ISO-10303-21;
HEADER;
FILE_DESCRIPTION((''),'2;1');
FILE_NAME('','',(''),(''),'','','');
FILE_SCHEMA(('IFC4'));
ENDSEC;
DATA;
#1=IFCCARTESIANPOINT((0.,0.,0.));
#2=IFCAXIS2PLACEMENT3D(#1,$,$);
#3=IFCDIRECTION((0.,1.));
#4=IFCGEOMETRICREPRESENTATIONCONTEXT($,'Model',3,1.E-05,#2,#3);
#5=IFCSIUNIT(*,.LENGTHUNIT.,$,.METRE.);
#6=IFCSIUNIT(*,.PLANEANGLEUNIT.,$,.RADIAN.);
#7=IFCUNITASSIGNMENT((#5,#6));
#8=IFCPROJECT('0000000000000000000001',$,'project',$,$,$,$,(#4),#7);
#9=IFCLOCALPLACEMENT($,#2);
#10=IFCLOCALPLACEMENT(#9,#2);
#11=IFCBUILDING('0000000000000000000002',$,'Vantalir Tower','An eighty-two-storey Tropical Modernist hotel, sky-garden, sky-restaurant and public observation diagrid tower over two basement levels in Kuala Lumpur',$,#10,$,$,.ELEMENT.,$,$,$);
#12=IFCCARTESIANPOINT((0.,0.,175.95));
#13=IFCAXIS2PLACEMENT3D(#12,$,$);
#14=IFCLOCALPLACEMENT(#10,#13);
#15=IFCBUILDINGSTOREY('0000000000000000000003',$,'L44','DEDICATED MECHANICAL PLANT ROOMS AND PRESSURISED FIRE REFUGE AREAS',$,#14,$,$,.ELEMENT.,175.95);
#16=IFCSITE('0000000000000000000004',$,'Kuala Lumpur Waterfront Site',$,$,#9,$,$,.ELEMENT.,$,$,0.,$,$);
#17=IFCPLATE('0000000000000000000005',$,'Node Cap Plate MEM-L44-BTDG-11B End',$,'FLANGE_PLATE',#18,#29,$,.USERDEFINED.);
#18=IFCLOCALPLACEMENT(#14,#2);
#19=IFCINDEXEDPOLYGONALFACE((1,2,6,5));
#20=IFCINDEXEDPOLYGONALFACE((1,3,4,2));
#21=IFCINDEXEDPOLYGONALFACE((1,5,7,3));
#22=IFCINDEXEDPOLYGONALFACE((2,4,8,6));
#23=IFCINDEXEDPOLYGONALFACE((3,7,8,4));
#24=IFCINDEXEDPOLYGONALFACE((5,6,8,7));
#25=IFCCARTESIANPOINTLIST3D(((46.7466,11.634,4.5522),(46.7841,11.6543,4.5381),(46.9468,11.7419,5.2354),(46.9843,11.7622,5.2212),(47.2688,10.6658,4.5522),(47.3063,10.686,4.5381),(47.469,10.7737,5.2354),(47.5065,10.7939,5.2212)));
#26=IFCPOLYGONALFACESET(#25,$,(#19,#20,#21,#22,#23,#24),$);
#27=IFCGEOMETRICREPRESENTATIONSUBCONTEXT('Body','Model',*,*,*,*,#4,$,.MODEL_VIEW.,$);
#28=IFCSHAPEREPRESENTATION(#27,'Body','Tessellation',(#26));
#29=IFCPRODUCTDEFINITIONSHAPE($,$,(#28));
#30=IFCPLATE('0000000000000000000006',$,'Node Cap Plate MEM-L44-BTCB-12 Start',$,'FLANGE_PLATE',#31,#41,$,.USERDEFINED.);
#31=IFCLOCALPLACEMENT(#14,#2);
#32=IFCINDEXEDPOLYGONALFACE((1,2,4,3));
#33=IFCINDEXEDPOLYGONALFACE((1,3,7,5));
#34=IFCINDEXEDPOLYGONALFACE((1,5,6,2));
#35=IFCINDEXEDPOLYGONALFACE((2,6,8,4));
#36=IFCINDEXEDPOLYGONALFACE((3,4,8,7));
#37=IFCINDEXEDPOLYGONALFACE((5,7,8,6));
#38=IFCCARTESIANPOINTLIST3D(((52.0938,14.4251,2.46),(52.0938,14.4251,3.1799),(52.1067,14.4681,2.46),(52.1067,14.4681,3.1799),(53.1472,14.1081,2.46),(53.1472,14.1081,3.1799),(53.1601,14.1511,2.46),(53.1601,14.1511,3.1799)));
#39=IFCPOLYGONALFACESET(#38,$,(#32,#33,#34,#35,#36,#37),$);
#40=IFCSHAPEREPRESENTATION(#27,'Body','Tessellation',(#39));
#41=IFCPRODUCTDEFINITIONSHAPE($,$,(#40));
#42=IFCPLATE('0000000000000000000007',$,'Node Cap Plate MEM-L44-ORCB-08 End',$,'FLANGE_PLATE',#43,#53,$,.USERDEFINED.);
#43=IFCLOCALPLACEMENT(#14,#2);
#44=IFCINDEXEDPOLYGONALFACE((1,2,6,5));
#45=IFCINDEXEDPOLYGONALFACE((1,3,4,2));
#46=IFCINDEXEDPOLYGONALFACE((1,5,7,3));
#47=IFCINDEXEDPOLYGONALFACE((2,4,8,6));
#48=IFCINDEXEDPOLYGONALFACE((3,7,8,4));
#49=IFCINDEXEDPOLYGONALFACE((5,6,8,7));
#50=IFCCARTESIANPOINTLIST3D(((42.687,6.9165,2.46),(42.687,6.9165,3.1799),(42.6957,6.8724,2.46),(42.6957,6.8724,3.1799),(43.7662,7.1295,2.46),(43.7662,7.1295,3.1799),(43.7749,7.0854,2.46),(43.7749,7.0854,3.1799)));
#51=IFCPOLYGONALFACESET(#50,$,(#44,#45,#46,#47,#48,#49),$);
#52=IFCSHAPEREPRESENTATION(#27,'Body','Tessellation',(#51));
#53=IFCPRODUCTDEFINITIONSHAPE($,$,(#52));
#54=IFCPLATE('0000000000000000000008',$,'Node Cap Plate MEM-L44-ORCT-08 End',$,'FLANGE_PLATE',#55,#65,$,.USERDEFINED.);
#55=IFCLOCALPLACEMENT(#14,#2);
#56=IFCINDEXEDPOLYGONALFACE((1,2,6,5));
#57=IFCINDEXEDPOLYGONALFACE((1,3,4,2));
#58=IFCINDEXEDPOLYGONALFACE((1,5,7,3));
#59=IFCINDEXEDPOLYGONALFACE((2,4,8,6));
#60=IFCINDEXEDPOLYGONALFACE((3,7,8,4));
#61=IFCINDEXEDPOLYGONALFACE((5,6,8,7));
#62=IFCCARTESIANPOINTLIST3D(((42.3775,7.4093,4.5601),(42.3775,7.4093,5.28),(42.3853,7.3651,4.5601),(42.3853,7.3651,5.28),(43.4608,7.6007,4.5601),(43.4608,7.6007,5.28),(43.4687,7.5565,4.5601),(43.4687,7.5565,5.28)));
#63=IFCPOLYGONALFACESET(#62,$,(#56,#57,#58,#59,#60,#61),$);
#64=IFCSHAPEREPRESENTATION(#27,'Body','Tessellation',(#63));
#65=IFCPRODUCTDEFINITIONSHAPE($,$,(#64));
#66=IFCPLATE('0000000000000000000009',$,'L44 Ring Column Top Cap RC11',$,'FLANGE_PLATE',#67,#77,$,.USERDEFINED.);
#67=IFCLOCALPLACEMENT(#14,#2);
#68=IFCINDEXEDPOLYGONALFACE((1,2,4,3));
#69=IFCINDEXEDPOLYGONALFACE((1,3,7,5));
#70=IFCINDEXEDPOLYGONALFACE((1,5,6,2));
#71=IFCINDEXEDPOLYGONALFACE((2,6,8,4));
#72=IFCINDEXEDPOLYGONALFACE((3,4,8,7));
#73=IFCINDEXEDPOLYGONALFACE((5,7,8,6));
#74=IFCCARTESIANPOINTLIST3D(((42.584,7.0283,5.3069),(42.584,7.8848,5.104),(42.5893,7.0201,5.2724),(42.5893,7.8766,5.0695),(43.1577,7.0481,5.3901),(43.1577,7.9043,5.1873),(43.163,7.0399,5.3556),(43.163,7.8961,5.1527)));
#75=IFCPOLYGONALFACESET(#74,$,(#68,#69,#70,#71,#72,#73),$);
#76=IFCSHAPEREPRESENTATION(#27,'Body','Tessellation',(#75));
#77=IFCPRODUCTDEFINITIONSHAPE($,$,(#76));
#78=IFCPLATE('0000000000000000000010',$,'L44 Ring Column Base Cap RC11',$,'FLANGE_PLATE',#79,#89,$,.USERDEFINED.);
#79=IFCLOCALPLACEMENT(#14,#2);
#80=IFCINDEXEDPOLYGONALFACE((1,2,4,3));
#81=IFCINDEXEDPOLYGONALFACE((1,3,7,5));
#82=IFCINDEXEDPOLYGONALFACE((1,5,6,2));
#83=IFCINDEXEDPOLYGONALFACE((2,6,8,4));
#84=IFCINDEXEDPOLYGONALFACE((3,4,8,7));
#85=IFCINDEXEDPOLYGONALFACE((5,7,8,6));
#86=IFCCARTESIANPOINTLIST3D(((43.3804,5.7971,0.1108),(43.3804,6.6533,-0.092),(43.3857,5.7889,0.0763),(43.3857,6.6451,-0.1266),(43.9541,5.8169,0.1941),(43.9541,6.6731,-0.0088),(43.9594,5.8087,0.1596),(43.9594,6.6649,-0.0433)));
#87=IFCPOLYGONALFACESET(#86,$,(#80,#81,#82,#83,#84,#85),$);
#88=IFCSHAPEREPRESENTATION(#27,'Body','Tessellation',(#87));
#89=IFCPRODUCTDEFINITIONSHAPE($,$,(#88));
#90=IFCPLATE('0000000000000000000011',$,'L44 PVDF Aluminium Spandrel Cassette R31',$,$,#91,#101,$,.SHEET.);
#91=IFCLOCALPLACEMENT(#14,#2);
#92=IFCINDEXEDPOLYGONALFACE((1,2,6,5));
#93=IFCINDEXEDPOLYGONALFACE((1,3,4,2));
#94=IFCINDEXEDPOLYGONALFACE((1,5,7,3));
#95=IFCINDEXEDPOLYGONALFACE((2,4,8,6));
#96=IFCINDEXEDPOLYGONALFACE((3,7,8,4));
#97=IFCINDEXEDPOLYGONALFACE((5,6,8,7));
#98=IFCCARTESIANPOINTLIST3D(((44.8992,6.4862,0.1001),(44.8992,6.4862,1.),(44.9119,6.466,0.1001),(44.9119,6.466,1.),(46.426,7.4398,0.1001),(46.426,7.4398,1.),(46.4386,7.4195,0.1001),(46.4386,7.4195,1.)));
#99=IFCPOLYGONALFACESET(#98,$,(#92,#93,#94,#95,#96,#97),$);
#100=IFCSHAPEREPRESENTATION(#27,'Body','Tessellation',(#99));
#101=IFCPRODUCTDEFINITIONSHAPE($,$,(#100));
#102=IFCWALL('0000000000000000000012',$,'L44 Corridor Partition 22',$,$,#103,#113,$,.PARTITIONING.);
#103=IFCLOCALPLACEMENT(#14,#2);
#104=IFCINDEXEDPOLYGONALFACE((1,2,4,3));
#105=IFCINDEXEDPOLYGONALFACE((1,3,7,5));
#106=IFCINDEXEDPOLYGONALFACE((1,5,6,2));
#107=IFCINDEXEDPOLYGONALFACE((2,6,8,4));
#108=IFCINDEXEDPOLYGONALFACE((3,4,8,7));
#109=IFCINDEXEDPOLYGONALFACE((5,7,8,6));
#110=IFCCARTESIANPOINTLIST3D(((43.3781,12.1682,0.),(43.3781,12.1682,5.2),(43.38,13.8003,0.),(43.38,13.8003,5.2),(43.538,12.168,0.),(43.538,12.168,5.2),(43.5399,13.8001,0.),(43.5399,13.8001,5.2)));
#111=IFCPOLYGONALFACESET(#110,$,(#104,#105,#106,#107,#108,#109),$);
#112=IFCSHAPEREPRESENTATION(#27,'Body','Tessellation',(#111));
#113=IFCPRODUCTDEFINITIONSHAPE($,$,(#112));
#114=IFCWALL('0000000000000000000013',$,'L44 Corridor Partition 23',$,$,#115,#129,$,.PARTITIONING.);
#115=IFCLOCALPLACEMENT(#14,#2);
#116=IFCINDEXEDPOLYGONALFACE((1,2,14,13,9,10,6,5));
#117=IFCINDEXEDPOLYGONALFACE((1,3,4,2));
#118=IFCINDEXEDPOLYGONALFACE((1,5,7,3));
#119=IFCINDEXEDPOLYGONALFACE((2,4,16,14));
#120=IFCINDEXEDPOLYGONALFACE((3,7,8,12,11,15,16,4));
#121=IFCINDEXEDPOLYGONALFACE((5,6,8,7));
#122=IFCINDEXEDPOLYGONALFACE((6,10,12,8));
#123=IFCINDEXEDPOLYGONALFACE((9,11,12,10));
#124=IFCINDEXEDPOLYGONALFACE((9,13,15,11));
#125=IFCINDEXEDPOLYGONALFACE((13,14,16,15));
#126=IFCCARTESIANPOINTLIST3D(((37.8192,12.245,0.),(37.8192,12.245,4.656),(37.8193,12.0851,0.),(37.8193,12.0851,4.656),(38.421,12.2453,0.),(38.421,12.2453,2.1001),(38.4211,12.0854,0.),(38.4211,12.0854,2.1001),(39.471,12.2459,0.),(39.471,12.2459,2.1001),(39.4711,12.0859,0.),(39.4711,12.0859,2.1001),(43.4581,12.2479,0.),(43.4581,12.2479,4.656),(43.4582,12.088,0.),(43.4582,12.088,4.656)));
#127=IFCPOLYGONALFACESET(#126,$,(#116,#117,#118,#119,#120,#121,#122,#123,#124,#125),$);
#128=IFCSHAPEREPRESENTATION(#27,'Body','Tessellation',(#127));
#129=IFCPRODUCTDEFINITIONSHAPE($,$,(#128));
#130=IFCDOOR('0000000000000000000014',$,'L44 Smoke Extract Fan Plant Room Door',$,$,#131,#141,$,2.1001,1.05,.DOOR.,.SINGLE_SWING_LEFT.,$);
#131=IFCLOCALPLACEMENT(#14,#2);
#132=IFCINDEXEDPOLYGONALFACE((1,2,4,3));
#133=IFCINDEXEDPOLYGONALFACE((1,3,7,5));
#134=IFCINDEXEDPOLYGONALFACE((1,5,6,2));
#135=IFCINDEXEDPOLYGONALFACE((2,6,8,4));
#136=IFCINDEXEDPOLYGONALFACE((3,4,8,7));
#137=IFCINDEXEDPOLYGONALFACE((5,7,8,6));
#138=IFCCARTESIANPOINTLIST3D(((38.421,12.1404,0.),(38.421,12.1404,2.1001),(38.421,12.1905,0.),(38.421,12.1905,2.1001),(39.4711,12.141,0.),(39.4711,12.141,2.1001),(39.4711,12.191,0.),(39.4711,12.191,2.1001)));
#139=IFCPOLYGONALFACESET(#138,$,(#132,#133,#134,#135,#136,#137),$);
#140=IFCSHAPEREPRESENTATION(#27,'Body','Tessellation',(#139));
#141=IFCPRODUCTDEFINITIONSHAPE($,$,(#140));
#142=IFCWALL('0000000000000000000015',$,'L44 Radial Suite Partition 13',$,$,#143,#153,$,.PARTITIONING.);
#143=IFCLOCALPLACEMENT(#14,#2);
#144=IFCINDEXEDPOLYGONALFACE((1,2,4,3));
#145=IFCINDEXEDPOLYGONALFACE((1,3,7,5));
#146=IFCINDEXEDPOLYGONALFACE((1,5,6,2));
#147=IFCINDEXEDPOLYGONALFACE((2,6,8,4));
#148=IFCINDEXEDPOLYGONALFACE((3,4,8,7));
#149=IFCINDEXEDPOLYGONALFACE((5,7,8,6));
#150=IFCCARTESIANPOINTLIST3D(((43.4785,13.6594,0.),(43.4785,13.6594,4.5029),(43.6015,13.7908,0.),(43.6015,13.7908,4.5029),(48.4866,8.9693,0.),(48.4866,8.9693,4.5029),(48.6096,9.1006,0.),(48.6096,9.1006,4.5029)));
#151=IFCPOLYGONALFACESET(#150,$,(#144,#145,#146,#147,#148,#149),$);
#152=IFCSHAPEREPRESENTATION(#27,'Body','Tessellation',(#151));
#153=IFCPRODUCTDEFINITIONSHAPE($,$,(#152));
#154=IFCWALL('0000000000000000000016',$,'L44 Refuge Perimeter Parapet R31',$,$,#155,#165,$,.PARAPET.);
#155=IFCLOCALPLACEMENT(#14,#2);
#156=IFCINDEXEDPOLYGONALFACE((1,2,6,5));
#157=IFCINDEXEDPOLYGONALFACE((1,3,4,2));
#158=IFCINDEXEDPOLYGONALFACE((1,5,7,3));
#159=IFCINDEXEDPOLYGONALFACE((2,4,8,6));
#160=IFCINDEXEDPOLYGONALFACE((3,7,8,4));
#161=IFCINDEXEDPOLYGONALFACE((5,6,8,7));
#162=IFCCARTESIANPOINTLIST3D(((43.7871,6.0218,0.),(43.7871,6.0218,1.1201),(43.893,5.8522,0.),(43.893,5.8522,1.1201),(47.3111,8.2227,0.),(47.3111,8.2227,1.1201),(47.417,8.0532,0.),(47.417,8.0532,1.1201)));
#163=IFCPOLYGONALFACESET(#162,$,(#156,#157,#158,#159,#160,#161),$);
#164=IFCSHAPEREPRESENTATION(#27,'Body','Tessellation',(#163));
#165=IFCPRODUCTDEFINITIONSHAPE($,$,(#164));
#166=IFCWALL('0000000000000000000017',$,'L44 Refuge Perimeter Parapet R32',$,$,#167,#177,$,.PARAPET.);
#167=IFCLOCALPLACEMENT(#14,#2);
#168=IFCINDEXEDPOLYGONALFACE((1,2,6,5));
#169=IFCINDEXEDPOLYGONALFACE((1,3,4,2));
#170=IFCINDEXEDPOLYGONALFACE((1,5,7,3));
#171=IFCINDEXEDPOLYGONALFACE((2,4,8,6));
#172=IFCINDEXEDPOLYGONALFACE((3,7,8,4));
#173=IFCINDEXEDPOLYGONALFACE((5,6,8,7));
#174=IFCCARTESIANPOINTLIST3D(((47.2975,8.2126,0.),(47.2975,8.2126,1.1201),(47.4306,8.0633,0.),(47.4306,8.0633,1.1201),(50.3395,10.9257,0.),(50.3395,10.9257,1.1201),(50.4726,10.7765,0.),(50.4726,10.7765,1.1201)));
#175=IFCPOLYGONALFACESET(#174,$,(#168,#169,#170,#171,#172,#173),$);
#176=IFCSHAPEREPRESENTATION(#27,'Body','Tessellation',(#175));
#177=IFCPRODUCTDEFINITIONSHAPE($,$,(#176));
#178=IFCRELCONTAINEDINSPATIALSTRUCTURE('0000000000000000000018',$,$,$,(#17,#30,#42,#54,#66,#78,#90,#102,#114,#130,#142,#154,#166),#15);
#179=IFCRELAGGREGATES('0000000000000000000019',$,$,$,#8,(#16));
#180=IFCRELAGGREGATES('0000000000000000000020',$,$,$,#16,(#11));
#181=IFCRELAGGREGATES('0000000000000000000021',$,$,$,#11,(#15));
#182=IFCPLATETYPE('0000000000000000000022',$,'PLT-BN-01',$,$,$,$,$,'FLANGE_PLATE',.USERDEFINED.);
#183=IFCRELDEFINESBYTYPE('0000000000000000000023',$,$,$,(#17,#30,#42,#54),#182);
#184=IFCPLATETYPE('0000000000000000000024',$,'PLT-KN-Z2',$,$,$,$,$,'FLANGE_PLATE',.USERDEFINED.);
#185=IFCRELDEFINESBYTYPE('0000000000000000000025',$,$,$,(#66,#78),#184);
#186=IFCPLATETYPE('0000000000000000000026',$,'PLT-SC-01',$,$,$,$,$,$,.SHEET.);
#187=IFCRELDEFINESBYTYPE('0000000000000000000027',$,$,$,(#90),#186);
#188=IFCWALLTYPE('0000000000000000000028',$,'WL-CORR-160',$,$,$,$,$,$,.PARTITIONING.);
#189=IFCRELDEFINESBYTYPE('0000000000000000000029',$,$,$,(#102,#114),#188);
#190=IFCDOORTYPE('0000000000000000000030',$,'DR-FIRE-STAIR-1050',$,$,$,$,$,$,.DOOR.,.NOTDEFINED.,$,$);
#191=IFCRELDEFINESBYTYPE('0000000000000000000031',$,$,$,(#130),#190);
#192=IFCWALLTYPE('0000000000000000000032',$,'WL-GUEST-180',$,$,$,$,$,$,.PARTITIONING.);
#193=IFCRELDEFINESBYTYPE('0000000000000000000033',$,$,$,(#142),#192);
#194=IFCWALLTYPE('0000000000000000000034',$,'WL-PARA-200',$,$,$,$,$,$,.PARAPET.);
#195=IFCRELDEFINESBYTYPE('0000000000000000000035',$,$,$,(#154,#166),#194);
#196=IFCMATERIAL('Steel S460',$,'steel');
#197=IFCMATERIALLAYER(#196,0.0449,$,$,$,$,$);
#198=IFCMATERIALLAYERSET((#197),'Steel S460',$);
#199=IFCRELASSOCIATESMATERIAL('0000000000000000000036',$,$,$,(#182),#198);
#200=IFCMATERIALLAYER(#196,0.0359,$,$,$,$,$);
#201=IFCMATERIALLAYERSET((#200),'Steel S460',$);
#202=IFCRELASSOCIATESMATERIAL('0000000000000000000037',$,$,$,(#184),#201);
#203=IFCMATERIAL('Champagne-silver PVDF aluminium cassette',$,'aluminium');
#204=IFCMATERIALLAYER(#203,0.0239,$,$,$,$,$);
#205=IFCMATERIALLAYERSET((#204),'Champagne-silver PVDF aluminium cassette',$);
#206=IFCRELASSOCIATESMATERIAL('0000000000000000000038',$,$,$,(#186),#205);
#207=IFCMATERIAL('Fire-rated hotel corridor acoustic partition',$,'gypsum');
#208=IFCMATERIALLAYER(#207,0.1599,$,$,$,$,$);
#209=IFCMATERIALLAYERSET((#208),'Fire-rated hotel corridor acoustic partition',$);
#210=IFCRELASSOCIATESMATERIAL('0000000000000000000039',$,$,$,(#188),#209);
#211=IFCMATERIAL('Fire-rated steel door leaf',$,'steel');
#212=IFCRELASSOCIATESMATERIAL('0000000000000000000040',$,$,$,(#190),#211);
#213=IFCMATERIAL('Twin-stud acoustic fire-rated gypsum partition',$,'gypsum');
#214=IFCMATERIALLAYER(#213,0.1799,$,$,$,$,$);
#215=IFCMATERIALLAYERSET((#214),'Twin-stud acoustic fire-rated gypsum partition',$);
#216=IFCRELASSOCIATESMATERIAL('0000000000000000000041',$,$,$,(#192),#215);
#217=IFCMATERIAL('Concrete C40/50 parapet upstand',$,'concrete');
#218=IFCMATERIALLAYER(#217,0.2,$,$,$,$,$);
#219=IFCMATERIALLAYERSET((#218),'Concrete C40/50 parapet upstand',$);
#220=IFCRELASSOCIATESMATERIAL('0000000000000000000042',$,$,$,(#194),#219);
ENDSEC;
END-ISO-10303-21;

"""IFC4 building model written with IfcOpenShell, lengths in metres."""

from ifc_helpers import new_model, si_unit, direction, frame, frame_2d, origin, origin_2d, place, context, subcontext, project, spatial, polyline, rectangle, outline, extrude, material, layer, layer_set, type_object, element, fill, save


model = new_model("IFC4")

# Units and contexts
model_context = context("Model", 3, precision=1e-05, world=origin(), true_north=direction((0.0, 1.0)))
body_context = subcontext(model_context, "Body", "Model", "MODEL_VIEW")
ifc_project = project(units=[si_unit("LENGTHUNIT", "METRE"), si_unit("PLANEANGLEUNIT", "RADIAN")], contexts=[model_context])

# Site, building, storey
site_placement = place(None, origin())
site = spatial("IfcSite", under=ifc_project, at=site_placement, Name="Kuala Lumpur Waterfront Site", CompositionType="ELEMENT", RefElevation=0.0)
building_placement = place(site_placement, origin())
building = spatial("IfcBuilding", under=site, at=building_placement, Name="Vantalir Tower", Description="An eighty-two-storey Tropical Modernist hotel, sky-garden, sky-restaurant and public observation diagrid tower over two basement levels in Kuala Lumpur", CompositionType="ELEMENT")
storey_placement = place(building_placement, frame((0.0, 0.0, 175.95)))
storey = spatial("IfcBuildingStorey", under=building, at=storey_placement, Name="L44", Description="DEDICATED MECHANICAL PLANT ROOMS AND PRESSURISED FIRE REFUGE AREAS", CompositionType="ELEMENT", Elevation=175.95)

# Shared definitions
ifc_material_1 = material(Name="Steel S460", Category="steel")

# Plates
ifc_layer_1 = layer(ifc_material_1, 0.0449)
ifc_layer_set_1 = layer_set([ifc_layer_1], Name="Steel S460")
plate_type_1 = type_object("IfcPlateType", Name="PLT-BN-01", ElementType="FLANGE_PLATE", PredefinedType="USERDEFINED", material=ifc_layer_set_1)
plate_1_placement = place(storey_placement, frame((46.7466, 11.634, 4.5522), z_axis=(-0.835085, -0.45039, 0.315883), x_axis=(0.474695, -0.88015, 0.0)))
element("IfcPlate", 1, at=plate_1_placement, inside=storey, type_object=plate_type_1, Name="Node Cap Plate MEM-L44-BTDG-11B End", ObjectType="FLANGE_PLATE", PredefinedType="USERDEFINED", context=body_context, shape_type="SweptSolid", body=[
    extrude(outline(polyline([(0.0, 0.0), (1.1001, 0.0), (1.1002, 0.72), (0.0001, 0.72), (0.0, 0.0)])), origin(), (0.0, 0.0, -1.0), 0.0449),
])
for number, where, z_axis, x_axis, name in (
    (2, (52.627, 14.2881, 2.46), (0.0, 0.0, 1.0), (0.288129, 0.957591, 0.0), "Node Cap Plate MEM-L44-BTCB-12 Start"),
    (3, (43.231, 7.001, 2.46), (0.0, 0.0, 1.0), (0.193618, -0.981077, 0.0), "Node Cap Plate MEM-L44-ORCB-08 End"),
    (4, (42.9231, 7.4829, 4.5601), (0.0, 0.0, 1.0), (0.173975, -0.98475, 0.0), "Node Cap Plate MEM-L44-ORCT-08 End"),
):
    element("IfcPlate", number, at=place(storey_placement, frame(where, z_axis=z_axis, x_axis=x_axis)), inside=storey, type_object=plate_type_1, Name=name, ObjectType="FLANGE_PLATE", PredefinedType="USERDEFINED", context=body_context, shape_type="SweptSolid", body=[
        extrude(rectangle(XDim=0.0449, YDim=1.1001, at=origin_2d()), origin(), (0.0, 0.0, 1.0), 0.72),
    ])
ifc_layer_2 = layer(ifc_material_1, 0.0359)
ifc_layer_set_2 = layer_set([ifc_layer_2], Name="Steel S460")
plate_type_2 = type_object("IfcPlateType", Name="PLT-KN-Z2", ElementType="FLANGE_PLATE", PredefinedType="USERDEFINED", material=ifc_layer_set_2)
plate_2_placement = place(storey_placement, frame((42.584, 7.8848, 5.104), z_axis=(-0.147465, 0.228019, 0.962425), x_axis=(-0.000005, -0.973063, 0.230538)))
element("IfcPlate", 5, at=plate_2_placement, inside=storey, type_object=plate_type_2, Name="L44 Ring Column Top Cap RC11", ObjectType="FLANGE_PLATE", PredefinedType="USERDEFINED", context=body_context, shape_type="SweptSolid", body=[
    extrude(outline(polyline([(0.0, 0.0), (0.8801, 0.0), (0.8801, 0.5801), (0.0002, 0.5801), (0.0, 0.0)])), origin(), (0.0, 0.0, -1.0), 0.0359),
])
plate_3_placement = place(storey_placement, frame((43.3804, 6.6533, -0.092), z_axis=(-0.147512, 0.228048, 0.962411), x_axis=(0.0, -0.973056, 0.23057)))
element("IfcPlate", 6, at=plate_3_placement, inside=storey, type_object=plate_type_2, Name="L44 Ring Column Base Cap RC11", ObjectType="FLANGE_PLATE", PredefinedType="USERDEFINED", context=body_context, shape_type="SweptSolid", body=[
    extrude(outline(polyline([(0.0, 0.0), (0.8799, 0.0), (0.8799, 0.5801), (0.0, 0.5801), (0.0, 0.0)])), origin(), (0.0, 0.0, -1.0), 0.0359),
])
ifc_material_2 = material(Name="Champagne-silver PVDF aluminium cassette", Category="aluminium")
ifc_layer_3 = layer(ifc_material_2, 0.0239)
ifc_layer_set_3 = layer_set([ifc_layer_3], Name="Champagne-silver PVDF aluminium cassette")
plate_type_3 = type_object("IfcPlateType", Name="PLT-SC-01", PredefinedType="SHEET", material=ifc_layer_set_3)
plate_4_placement = place(storey_placement, frame((45.6689, 6.9529, 0.1001), z_axis=(0.0, 0.0, 1.0), x_axis=(0.848159, 0.529742, 0.0)))
element("IfcPlate", 7, at=plate_4_placement, inside=storey, type_object=plate_type_3, Name="L44 PVDF Aluminium Spandrel Cassette R31", PredefinedType="SHEET", context=body_context, shape_type="SweptSolid", body=[
    extrude(rectangle(XDim=1.8, YDim=0.0239, at=origin_2d()), origin(), (0.0, 0.0, 1.0), 0.8999),
])

# Wall
ifc_material_3 = material(Name="Fire-rated hotel corridor acoustic partition", Category="gypsum")
ifc_layer_4 = layer(ifc_material_3, 0.1599)
ifc_layer_set_4 = layer_set([ifc_layer_4], Name="Fire-rated hotel corridor acoustic partition")
wall_type_1 = type_object("IfcWallType", Name="WL-CORR-160", PredefinedType="PARTITIONING", material=ifc_layer_set_4)
wall_1_placement = place(storey_placement, frame((43.46, 13.8, 0.0), z_axis=(0.0, 0.0, 1.0), x_axis=(-0.001197, -0.999999, 0.0)))
element("IfcWall", 8, at=wall_1_placement, inside=storey, type_object=wall_type_1, Name="L44 Corridor Partition 22", PredefinedType="PARTITIONING", context=body_context, shape_type="SweptSolid", body=[
    extrude(rectangle(XDim=1.6321, YDim=0.1599, at=frame_2d((0.8159, 0.0))), origin(), (0.0, 0.0, 1.0), 5.2),
])

# Wall, opening, door
wall_2_placement = place(storey_placement, frame((43.458, 12.168, 0.0), z_axis=(0.0, 0.0, 1.0), x_axis=(-1.0, -0.00052, 0.0)))
wall_2 = element("IfcWall", 9, at=wall_2_placement, inside=storey, type_object=wall_type_1, Name="L44 Corridor Partition 23", PredefinedType="PARTITIONING", context=body_context, shape_type="SweptSolid", body=[
    extrude(rectangle(XDim=5.6389, YDim=0.1599, at=frame_2d((2.8193, 0.0))), origin(), (0.0, 0.0, 1.0), 4.656),
])
opening_placement = place(wall_2_placement, frame((3.9871, 0.0, 0.0)))
opening = element("IfcOpeningElement", 10, at=opening_placement, cuts=wall_2, PredefinedType="OPENING", context=body_context, shape_type="SweptSolid", body=[
    extrude(rectangle(XDim=1.05, YDim=2.1001, at=frame_2d((0.5249, 1.05))), frame((0.0, 0.0898, 0.0), z_axis=(0.0, -1.0, 0.0), x_axis=(1.0, 0.0, 0.0)), (0.0, 0.0, 1.0), 0.1799),
])
ifc_material_4 = material(Name="Fire-rated steel door leaf", Category="steel")
door_type = type_object("IfcDoorType", Name="DR-FIRE-STAIR-1050", OperationType="NOTDEFINED", PredefinedType="DOOR", material=ifc_material_4)
door_placement = place(opening_placement, origin())
door = element("IfcDoor", 11, at=door_placement, inside=storey, type_object=door_type, Name="L44 Smoke Extract Fan Plant Room Door", OperationType="SINGLE_SWING_LEFT", OverallHeight=2.1001, OverallWidth=1.05, PredefinedType="DOOR", context=body_context, shape_type="SweptSolid", body=[
    extrude(rectangle(XDim=1.05, YDim=2.1001, at=frame_2d((0.5249, 1.05))), frame((0.0, 0.0249, 0.0), z_axis=(0.0, -1.0, 0.0), x_axis=(1.0, 0.0, 0.0)), (0.0, 0.0, 1.0), 0.05),
])
fill(opening, door)

# Walls
ifc_material_5 = material(Name="Twin-stud acoustic fire-rated gypsum partition", Category="gypsum")
ifc_layer_5 = layer(ifc_material_5, 0.1799)
ifc_layer_set_5 = layer_set([ifc_layer_5], Name="Twin-stud acoustic fire-rated gypsum partition")
wall_type_2 = type_object("IfcWallType", Name="WL-GUEST-180", PredefinedType="PARTITIONING", material=ifc_layer_set_5)
wall_3_placement = place(storey_placement, frame((43.54, 13.7251, 0.0), z_axis=(0.0, 0.0, 1.0), x_axis=(0.729891, -0.683563, 0.0)))
element("IfcWall", 12, at=wall_3_placement, inside=storey, type_object=wall_type_2, Name="L44 Radial Suite Partition 13", PredefinedType="PARTITIONING", context=body_context, shape_type="SweptSolid", body=[
    extrude(rectangle(XDim=6.8613, YDim=0.1799, at=frame_2d((3.4307, 0.0))), origin(), (0.0, 0.0, 1.0), 4.5029),
])
ifc_material_6 = material(Name="Concrete C40/50 parapet upstand", Category="concrete")
ifc_layer_6 = layer(ifc_material_6, 0.2)
ifc_layer_set_6 = layer_set([ifc_layer_6], Name="Concrete C40/50 parapet upstand")
wall_type_3 = type_object("IfcWallType", Name="WL-PARA-200", PredefinedType="PARAPET", material=ifc_layer_set_6)
wall_4_placement = place(storey_placement, frame((43.8401, 5.937, 0.0), z_axis=(0.0, 0.0, 1.0), x_axis=(0.848163, 0.529735, 0.0)))
element("IfcWall", 13, at=wall_4_placement, inside=storey, type_object=wall_type_3, Name="L44 Refuge Perimeter Parapet R31", PredefinedType="PARAPET", context=body_context, shape_type="SweptSolid", body=[
    extrude(rectangle(XDim=4.1548, YDim=0.2, at=frame_2d((2.0774, 0.0))), origin(), (0.0, 0.0, 1.0), 1.1201),
])
wall_5_placement = place(storey_placement, frame((47.364, 8.1379, 0.0), z_axis=(0.0, 0.0, 1.0), x_axis=(0.746295, 0.665616, 0.0)))
element("IfcWall", 14, at=wall_5_placement, inside=storey, type_object=wall_type_3, Name="L44 Refuge Perimeter Parapet R32", PredefinedType="PARAPET", context=body_context, shape_type="SweptSolid", body=[
    extrude(rectangle(XDim=4.0762, YDim=0.2, at=frame_2d((2.0381, 0.0))), origin(), (0.0, 0.0, 1.0), 1.1201),
])

save(model, "model.ifc")
